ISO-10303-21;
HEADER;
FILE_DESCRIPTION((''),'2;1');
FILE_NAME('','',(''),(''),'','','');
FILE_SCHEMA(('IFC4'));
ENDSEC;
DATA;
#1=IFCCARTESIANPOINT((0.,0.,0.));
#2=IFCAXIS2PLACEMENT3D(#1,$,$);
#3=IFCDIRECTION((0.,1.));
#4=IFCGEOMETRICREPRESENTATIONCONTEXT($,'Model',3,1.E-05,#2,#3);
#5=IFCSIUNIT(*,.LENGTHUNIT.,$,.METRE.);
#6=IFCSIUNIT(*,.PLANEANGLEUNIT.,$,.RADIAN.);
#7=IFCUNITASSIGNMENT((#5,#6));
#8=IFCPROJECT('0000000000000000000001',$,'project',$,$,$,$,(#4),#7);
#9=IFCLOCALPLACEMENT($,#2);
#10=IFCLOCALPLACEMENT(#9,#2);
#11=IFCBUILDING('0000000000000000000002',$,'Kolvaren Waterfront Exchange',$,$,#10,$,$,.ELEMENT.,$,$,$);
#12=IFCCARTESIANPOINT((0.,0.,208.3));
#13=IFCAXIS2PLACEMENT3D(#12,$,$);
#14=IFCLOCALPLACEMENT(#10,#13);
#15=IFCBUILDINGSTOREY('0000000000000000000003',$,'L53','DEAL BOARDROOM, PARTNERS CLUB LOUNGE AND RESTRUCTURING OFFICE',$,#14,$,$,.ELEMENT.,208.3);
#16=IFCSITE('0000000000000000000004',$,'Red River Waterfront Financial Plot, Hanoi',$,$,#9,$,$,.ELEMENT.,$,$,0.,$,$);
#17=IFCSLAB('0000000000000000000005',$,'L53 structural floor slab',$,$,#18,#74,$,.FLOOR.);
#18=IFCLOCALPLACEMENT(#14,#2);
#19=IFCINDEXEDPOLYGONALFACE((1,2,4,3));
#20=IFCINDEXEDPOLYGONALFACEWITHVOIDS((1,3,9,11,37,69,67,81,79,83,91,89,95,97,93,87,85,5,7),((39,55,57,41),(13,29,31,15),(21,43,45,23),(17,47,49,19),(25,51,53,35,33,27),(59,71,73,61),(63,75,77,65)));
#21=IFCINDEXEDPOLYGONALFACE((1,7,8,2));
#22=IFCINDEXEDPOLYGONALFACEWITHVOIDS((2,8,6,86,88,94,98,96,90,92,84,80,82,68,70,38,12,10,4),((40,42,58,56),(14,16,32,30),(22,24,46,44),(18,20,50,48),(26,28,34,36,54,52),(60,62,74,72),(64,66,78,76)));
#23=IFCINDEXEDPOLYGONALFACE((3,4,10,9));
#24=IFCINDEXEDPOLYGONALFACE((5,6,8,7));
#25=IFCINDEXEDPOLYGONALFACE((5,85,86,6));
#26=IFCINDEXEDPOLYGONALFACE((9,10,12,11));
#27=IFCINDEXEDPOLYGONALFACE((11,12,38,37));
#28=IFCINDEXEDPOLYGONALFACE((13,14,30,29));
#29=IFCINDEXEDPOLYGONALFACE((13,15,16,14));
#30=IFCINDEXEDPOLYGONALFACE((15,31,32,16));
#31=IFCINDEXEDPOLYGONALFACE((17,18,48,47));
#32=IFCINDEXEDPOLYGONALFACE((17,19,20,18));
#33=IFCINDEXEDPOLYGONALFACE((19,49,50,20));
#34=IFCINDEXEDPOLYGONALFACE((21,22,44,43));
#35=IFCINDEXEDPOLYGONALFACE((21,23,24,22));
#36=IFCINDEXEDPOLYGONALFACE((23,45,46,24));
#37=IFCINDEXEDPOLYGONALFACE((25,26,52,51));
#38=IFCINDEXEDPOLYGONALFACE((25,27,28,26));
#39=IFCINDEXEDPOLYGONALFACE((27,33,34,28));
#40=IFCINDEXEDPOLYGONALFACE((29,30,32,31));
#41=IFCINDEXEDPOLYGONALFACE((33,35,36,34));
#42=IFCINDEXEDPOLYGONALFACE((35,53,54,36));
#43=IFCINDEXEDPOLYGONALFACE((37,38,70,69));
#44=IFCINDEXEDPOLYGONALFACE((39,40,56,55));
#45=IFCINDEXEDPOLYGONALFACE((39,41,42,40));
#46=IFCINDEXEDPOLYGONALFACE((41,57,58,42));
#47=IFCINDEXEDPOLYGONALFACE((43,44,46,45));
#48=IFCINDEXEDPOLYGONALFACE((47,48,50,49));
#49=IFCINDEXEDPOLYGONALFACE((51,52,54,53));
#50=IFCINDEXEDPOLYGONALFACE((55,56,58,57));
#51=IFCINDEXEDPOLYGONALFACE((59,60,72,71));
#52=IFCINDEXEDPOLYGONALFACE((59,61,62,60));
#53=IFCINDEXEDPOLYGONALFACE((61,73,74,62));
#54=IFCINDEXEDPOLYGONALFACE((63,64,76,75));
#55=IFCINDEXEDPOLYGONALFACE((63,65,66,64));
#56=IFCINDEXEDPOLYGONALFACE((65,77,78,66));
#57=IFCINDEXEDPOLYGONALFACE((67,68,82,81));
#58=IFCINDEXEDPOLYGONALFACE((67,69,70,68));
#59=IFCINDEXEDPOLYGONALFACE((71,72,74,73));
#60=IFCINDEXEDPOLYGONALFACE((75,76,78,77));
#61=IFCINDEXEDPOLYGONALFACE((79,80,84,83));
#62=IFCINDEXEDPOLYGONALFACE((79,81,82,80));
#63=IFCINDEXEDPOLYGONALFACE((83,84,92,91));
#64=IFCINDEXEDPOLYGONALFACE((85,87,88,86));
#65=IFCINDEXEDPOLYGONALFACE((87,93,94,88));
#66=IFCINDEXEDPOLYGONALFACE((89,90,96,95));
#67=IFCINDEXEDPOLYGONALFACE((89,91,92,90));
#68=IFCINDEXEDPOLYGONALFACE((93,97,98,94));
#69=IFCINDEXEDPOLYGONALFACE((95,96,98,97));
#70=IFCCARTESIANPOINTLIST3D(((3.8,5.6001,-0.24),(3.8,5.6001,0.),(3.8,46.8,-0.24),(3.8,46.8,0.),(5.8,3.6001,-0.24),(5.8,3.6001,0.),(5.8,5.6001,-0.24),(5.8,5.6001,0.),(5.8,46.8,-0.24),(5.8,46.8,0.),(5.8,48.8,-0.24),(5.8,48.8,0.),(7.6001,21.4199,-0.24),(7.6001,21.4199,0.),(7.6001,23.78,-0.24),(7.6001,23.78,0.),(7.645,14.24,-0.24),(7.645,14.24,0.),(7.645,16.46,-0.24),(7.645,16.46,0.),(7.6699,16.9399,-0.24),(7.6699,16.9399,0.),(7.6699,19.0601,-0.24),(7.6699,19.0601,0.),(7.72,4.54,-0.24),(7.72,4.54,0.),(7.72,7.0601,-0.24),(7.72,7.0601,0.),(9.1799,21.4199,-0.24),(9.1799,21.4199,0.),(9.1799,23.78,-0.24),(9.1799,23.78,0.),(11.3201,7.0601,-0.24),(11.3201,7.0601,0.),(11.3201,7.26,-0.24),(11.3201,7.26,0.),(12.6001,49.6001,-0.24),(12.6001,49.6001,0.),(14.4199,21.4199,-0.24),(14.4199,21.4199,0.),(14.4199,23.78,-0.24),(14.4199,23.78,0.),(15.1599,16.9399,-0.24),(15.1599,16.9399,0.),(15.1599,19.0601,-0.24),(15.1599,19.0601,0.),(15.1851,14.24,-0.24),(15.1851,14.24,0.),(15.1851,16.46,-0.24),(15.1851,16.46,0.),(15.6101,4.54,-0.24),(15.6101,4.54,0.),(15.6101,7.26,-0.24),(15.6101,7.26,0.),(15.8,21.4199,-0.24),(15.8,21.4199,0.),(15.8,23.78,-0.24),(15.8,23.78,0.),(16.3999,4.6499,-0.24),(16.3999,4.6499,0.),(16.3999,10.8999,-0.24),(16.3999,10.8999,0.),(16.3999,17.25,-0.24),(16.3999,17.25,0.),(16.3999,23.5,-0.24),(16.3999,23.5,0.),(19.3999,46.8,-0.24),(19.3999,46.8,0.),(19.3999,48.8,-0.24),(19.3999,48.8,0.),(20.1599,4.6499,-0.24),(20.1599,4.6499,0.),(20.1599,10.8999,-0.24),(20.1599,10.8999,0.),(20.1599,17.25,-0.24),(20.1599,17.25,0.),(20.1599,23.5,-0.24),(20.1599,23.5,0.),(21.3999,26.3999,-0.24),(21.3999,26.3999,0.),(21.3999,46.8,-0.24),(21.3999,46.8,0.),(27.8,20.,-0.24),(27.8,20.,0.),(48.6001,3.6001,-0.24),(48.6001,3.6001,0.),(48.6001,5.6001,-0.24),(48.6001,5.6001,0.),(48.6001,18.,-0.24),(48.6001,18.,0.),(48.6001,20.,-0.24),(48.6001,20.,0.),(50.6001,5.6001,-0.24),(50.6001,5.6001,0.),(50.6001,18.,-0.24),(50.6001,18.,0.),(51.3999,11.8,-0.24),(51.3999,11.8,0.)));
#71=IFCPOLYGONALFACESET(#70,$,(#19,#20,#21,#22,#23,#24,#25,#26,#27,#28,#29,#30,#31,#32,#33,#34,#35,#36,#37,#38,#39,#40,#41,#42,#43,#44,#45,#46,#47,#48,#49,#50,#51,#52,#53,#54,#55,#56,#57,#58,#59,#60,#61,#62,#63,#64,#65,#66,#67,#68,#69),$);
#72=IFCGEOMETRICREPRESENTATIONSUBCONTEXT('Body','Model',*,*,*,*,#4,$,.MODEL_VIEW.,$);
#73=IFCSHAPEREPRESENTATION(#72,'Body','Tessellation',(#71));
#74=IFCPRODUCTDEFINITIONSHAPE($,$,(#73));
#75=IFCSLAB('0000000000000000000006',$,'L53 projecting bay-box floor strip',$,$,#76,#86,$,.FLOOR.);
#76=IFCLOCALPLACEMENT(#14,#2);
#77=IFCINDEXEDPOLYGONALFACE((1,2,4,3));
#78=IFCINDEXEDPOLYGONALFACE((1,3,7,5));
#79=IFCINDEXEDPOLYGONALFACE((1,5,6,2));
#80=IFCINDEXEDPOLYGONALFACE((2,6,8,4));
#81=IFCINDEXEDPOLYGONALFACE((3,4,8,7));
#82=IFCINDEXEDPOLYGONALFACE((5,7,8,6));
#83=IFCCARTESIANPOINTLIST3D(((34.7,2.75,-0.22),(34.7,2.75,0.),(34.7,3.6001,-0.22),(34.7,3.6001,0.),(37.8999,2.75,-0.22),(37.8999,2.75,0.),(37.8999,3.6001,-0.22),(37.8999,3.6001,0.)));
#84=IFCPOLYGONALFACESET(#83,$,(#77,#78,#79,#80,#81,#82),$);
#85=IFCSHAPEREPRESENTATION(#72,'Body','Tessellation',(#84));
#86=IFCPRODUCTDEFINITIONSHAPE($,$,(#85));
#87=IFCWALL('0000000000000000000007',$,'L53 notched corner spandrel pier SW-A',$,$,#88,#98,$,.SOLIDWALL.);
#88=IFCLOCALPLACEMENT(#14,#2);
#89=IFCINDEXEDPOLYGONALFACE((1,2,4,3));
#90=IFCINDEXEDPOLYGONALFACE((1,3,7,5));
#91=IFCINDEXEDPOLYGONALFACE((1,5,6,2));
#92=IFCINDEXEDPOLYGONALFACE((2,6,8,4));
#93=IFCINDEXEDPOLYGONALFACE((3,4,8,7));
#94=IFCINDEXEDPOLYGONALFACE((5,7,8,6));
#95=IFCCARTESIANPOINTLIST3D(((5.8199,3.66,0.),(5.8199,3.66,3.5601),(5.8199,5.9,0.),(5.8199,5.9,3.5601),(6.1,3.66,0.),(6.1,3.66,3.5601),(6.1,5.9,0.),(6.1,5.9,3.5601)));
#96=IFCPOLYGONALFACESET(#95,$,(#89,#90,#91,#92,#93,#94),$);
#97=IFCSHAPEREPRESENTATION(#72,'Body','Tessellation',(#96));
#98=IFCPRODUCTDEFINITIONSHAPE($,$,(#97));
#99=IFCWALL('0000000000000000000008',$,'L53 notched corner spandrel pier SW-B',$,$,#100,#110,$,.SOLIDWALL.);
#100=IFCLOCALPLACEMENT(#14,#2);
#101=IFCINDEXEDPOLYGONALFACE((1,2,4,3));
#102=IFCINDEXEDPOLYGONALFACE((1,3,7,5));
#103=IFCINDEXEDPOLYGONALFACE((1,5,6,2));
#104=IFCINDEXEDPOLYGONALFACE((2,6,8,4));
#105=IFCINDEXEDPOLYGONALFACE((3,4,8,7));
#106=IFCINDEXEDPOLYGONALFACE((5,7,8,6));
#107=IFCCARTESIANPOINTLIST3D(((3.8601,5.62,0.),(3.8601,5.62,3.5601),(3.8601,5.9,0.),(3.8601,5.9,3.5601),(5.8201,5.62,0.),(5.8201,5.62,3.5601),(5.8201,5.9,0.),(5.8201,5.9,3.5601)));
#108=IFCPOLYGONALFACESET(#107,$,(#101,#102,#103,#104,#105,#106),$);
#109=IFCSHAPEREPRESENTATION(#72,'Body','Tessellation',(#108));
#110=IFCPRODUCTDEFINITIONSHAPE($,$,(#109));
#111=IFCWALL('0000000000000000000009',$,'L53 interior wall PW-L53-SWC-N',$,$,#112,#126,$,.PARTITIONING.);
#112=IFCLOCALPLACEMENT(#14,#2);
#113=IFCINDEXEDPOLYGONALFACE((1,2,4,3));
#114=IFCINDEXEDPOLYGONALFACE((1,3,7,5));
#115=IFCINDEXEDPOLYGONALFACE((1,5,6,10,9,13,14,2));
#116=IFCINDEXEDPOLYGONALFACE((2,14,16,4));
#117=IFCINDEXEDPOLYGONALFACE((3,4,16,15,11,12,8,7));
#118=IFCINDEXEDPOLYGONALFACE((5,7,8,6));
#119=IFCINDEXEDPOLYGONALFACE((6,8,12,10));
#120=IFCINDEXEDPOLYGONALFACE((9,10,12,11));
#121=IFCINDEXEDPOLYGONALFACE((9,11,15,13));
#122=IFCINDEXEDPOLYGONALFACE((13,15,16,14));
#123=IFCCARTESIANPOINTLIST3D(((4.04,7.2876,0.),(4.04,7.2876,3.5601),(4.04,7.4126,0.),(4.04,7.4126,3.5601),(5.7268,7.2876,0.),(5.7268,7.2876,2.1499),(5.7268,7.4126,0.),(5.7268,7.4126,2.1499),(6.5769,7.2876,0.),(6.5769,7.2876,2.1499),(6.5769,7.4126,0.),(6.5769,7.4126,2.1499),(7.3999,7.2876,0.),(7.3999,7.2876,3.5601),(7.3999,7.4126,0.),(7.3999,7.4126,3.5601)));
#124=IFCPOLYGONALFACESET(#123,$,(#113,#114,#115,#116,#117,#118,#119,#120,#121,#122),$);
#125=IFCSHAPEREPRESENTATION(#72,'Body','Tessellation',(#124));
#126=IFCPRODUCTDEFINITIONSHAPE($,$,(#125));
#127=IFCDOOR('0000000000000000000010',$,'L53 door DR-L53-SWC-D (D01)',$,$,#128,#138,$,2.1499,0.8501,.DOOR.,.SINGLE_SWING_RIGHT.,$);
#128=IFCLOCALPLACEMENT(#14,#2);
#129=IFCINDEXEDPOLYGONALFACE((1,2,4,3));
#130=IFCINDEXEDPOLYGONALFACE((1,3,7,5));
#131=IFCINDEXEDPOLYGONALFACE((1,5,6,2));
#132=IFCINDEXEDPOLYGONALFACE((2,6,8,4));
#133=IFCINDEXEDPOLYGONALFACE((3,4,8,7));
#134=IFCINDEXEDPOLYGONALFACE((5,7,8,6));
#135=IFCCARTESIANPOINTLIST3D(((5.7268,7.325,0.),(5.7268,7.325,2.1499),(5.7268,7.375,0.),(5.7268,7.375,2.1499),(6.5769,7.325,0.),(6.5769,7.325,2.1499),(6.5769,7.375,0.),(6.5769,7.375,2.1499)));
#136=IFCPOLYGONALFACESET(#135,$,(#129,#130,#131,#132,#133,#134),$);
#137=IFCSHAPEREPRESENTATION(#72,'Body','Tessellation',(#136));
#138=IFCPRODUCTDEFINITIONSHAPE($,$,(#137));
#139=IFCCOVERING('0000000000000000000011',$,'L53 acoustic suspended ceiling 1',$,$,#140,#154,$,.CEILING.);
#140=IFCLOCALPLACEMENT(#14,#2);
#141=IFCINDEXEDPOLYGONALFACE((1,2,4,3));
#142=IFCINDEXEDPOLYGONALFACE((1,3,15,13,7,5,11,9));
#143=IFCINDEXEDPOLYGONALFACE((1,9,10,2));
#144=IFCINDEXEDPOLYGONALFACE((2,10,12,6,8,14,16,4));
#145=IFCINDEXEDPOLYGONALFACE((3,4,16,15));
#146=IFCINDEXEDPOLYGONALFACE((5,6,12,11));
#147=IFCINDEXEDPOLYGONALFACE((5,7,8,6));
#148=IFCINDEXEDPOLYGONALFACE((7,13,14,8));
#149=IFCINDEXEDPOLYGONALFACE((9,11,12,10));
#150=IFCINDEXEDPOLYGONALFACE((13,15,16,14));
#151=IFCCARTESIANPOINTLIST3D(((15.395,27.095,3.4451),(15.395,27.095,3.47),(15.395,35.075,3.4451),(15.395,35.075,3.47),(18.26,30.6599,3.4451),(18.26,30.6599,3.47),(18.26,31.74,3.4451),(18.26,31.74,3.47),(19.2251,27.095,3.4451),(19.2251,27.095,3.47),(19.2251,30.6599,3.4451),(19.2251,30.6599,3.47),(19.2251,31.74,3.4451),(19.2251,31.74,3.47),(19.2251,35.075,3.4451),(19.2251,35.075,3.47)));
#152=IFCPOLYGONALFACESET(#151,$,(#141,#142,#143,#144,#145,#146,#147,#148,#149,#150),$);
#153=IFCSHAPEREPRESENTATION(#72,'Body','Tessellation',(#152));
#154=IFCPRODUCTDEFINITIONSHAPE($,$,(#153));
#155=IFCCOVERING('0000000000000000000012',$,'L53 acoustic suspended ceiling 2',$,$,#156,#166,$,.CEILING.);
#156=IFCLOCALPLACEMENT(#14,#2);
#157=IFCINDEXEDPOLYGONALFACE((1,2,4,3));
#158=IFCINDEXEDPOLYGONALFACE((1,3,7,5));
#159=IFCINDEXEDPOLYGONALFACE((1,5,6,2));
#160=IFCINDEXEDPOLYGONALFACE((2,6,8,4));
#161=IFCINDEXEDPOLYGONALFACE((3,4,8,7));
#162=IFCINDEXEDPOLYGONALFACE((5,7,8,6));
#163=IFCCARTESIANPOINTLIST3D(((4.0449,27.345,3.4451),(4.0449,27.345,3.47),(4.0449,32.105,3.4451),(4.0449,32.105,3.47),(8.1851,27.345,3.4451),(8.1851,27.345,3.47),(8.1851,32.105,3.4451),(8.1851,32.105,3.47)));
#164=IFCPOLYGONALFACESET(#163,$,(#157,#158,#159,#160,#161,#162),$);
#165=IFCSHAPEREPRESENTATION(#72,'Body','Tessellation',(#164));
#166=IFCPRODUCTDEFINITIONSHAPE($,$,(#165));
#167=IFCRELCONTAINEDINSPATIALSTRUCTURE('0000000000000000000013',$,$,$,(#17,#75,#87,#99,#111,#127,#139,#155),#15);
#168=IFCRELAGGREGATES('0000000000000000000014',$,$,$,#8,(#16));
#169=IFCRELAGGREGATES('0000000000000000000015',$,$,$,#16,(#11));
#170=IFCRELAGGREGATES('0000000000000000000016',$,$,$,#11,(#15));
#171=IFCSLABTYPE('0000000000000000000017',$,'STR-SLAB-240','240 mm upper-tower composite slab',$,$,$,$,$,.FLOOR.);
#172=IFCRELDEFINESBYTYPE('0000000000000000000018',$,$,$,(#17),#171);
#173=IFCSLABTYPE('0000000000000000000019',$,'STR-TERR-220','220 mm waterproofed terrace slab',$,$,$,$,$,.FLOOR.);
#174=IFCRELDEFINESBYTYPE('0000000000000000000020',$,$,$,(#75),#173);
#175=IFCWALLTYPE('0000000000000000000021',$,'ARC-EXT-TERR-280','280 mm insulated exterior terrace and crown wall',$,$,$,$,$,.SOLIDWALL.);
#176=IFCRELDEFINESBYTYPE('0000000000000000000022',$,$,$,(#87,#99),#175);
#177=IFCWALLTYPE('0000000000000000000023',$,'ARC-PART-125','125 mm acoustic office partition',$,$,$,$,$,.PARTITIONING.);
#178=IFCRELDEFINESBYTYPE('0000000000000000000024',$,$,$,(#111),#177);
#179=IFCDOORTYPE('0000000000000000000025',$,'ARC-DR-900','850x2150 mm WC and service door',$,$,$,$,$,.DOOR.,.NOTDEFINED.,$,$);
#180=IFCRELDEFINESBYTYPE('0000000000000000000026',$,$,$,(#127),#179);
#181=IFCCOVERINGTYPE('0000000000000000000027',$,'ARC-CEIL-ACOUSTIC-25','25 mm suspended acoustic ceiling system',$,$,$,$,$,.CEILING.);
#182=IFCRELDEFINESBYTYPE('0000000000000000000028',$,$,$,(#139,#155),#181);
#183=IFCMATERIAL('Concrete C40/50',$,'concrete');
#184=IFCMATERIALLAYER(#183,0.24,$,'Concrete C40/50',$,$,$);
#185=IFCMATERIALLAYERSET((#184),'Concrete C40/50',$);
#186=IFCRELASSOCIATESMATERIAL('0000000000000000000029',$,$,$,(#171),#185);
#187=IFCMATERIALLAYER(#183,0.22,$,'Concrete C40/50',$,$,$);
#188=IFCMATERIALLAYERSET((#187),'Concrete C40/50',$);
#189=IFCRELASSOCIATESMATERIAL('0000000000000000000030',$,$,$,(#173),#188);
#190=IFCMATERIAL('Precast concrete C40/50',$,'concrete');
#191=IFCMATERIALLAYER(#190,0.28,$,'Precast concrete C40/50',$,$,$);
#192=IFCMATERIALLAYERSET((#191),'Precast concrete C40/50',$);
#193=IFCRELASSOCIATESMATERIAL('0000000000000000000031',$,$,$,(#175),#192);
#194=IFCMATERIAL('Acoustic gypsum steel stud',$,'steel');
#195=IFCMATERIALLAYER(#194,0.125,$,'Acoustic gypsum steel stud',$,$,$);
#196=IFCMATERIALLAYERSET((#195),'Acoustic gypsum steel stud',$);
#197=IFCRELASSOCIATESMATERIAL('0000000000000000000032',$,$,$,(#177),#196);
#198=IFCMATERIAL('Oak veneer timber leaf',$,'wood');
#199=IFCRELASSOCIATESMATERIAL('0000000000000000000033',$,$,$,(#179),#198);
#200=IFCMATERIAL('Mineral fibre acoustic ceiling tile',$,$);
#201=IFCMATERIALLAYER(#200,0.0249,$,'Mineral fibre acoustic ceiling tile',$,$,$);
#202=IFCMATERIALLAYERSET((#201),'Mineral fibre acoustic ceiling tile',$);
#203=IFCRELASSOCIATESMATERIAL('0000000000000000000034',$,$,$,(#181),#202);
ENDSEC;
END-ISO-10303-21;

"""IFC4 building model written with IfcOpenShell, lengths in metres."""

from ifc_helpers import new_model, si_unit, direction, frame, frame_2d, origin, place, context, subcontext, project, spatial, polyline, rectangle, outline, extrude, material, layer, layer_set, type_object, element, fill, save


model = new_model("IFC4")

# Units and contexts
model_context = context("Model", 3, precision=1e-05, world=origin(), true_north=direction((0.0, 1.0)))
body_context = subcontext(model_context, "Body", "Model", "MODEL_VIEW")
ifc_project = project(units=[si_unit("LENGTHUNIT", "METRE"), si_unit("PLANEANGLEUNIT", "RADIAN")], contexts=[model_context])

# Site, building, storey
site_placement = place(None, origin())
site = spatial("IfcSite", under=ifc_project, at=site_placement, Name="Red River Waterfront Financial Plot, Hanoi", CompositionType="ELEMENT", RefElevation=0.0)
building_placement = place(site_placement, origin())
building = spatial("IfcBuilding", under=site, at=building_placement, Name="Kolvaren Waterfront Exchange", CompositionType="ELEMENT")
storey_placement = place(building_placement, frame((0.0, 0.0, 208.3)))
storey = spatial("IfcBuildingStorey", under=building, at=storey_placement, Name="L53", Description="DEAL BOARDROOM, PARTNERS CLUB LOUNGE AND RESTRUCTURING OFFICE", CompositionType="ELEMENT", Elevation=208.3)

# Shared definitions
ifc_material_1 = material(Name="Concrete C40/50", Category="concrete")

# Slabs
ifc_layer_1 = layer(ifc_material_1, 0.24, Name="Concrete C40/50")
ifc_layer_set_1 = layer_set([ifc_layer_1], Name="Concrete C40/50")
slab_type_1 = type_object("IfcSlabType", Name="STR-SLAB-240", Description="240 mm upper-tower composite slab", PredefinedType="FLOOR", material=ifc_layer_set_1)
slab_1_placement = place(storey_placement, frame((0.0, 0.0, -0.24)))
element("IfcSlab", 1, at=slab_1_placement, inside=storey, type_object=slab_type_1, Name="L53 structural floor slab", PredefinedType="FLOOR", context=body_context, shape_type="SweptSolid", body=[
    extrude(outline(polyline([(5.8, 3.6001), (48.6001, 3.6001), (48.6001, 5.6001), (50.6001, 5.6001), (51.3999, 11.8), (50.6001, 18.0), (48.6001, 18.0), (48.6001, 20.0), (27.8, 20.0), (21.3999, 26.3999), (21.3999, 46.8), (19.3999, 46.8), (19.3999, 48.8), (12.6001, 49.6001), (5.8, 48.8), (5.8, 46.8), (3.8, 46.8), (3.8, 5.6001), (5.8, 5.6001), (5.8, 3.6001)]), holes=[polyline([(11.3201, 7.26), (15.6101, 7.26), (15.6101, 4.54), (7.72, 4.54), (7.72, 7.0601), (11.3201, 7.0601), (11.3201, 7.26)]), polyline([(20.1599, 10.8999), (20.1599, 4.6499), (16.3999, 4.6499), (16.3999, 10.8999), (20.1599, 10.8999)]), polyline([(15.1851, 14.24), (7.645, 14.24), (7.645, 16.46), (15.1851, 16.46), (15.1851, 14.24)]), polyline([(15.1599, 16.9399), (7.6699, 16.9399), (7.6699, 19.0601), (15.1599, 19.0601), (15.1599, 16.9399)]), polyline([(16.3999, 17.25), (16.3999, 23.5), (20.1599, 23.5), (20.1599, 17.25), (16.3999, 17.25)]), polyline([(7.6001, 23.78), (9.1799, 23.78), (9.1799, 21.4199), (7.6001, 21.4199), (7.6001, 23.78)]), polyline([(14.4199, 23.78), (15.8, 23.78), (15.8, 21.4199), (14.4199, 21.4199), (14.4199, 23.78)])]), origin(), (0.0, 0.0, 1.0), 0.24),
])
ifc_layer_2 = layer(ifc_material_1, 0.22, Name="Concrete C40/50")
ifc_layer_set_2 = layer_set([ifc_layer_2], Name="Concrete C40/50")
slab_type_2 = type_object("IfcSlabType", Name="STR-TERR-220", Description="220 mm waterproofed terrace slab", PredefinedType="FLOOR", material=ifc_layer_set_2)
slab_2_placement = place(storey_placement, frame((0.0, 0.0, -0.22)))
element("IfcSlab", 2, at=slab_2_placement, inside=storey, type_object=slab_type_2, Name="L53 projecting bay-box floor strip", PredefinedType="FLOOR", context=body_context, shape_type="SweptSolid", body=[
    extrude(outline(polyline([(34.7, 2.75), (37.8999, 2.75), (37.8999, 3.6001), (34.7, 3.6001), (34.7, 2.75)])), origin(), (0.0, 0.0, 1.0), 0.22),
])

# Walls
ifc_material_2 = material(Name="Precast concrete C40/50", Category="concrete")
ifc_layer_3 = layer(ifc_material_2, 0.28, Name="Precast concrete C40/50")
ifc_layer_set_3 = layer_set([ifc_layer_3], Name="Precast concrete C40/50")
wall_type_1 = type_object("IfcWallType", Name="ARC-EXT-TERR-280", Description="280 mm insulated exterior terrace and crown wall", PredefinedType="SOLIDWALL", material=ifc_layer_set_3)
wall_1_placement = place(storey_placement, frame((5.96, 3.6599, 0.0), z_axis=(0.0, 0.0, 1.0), x_axis=(0.0, 1.0, 0.0)))
element("IfcWall", 3, at=wall_1_placement, inside=storey, type_object=wall_type_1, Name="L53 notched corner spandrel pier SW-A", PredefinedType="SOLIDWALL", context=body_context, shape_type="SweptSolid", body=[
    extrude(rectangle(XDim=2.24, YDim=0.28, at=frame_2d((1.1201, 0.0))), origin(), (0.0, 0.0, 1.0), 3.5601),
])
wall_2_placement = place(storey_placement, frame((3.8601, 5.76, 0.0), z_axis=(0.0, 0.0, 1.0), x_axis=(1.0, 0.0, 0.0)))
element("IfcWall", 4, at=wall_2_placement, inside=storey, type_object=wall_type_1, Name="L53 notched corner spandrel pier SW-B", PredefinedType="SOLIDWALL", context=body_context, shape_type="SweptSolid", body=[
    extrude(rectangle(XDim=1.96, YDim=0.28, at=frame_2d((0.98, 0.0))), origin(), (0.0, 0.0, 1.0), 3.5601),
])

# Wall, opening, door
ifc_material_3 = material(Name="Acoustic gypsum steel stud", Category="steel")
ifc_layer_4 = layer(ifc_material_3, 0.125, Name="Acoustic gypsum steel stud")
ifc_layer_set_4 = layer_set([ifc_layer_4], Name="Acoustic gypsum steel stud")
wall_type_2 = type_object("IfcWallType", Name="ARC-PART-125", Description="125 mm acoustic office partition", PredefinedType="PARTITIONING", material=ifc_layer_set_4)
wall_3_placement = place(storey_placement, frame((4.04, 7.3501, 0.0), z_axis=(0.0, 0.0, 1.0), x_axis=(1.0, 0.0, 0.0)))
wall_3 = element("IfcWall", 5, at=wall_3_placement, inside=storey, type_object=wall_type_2, Name="L53 interior wall PW-L53-SWC-N", PredefinedType="PARTITIONING", context=body_context, shape_type="SweptSolid", body=[
    extrude(rectangle(XDim=3.3599, YDim=0.125, at=frame_2d((1.6799, 0.0))), origin(), (0.0, 0.0, 1.0), 3.5601),
])
opening_placement = place(wall_3_placement, frame((1.6868, 0.0, 0.0)))
opening = element("IfcOpeningElement", 6, at=opening_placement, cuts=wall_3, PredefinedType="OPENING", context=body_context, shape_type="SweptSolid", body=[
    extrude(rectangle(XDim=0.8501, YDim=2.1499, at=frame_2d((0.425, 1.075))), frame((0.0, 0.0725, 0.0), z_axis=(0.0, -1.0, 0.0), x_axis=(1.0, 0.0, 0.0)), (0.0, 0.0, 1.0), 0.145),
])
ifc_material_4 = material(Name="Oak veneer timber leaf", Category="wood")
door_type = type_object("IfcDoorType", Name="ARC-DR-900", Description="850x2150 mm WC and service door", OperationType="NOTDEFINED", PredefinedType="DOOR", material=ifc_material_4)
door_placement = place(opening_placement, origin())
door = element("IfcDoor", 7, at=door_placement, inside=storey, type_object=door_type, Name="L53 door DR-L53-SWC-D (D01)", OperationType="SINGLE_SWING_RIGHT", OverallHeight=2.1499, OverallWidth=0.8501, PredefinedType="DOOR", context=body_context, shape_type="SweptSolid", body=[
    extrude(rectangle(XDim=0.8501, YDim=2.1499, at=frame_2d((0.425, 1.075))), frame((0.0, 0.0249, 0.0), z_axis=(0.0, -1.0, 0.0), x_axis=(1.0, 0.0, 0.0)), (0.0, 0.0, 1.0), 0.05),
])
fill(opening, door)

# Coverings
ifc_material_5 = material(Name="Mineral fibre acoustic ceiling tile")
ifc_layer_5 = layer(ifc_material_5, 0.0249, Name="Mineral fibre acoustic ceiling tile")
ifc_layer_set_5 = layer_set([ifc_layer_5], Name="Mineral fibre acoustic ceiling tile")
covering_type_1 = type_object("IfcCoveringType", Name="ARC-CEIL-ACOUSTIC-25", Description="25 mm suspended acoustic ceiling system", PredefinedType="CEILING", material=ifc_layer_set_5)
covering_1_placement = place(storey_placement, frame((0.0, 0.0, 3.4451)))
element("IfcCovering", 8, at=covering_1_placement, inside=storey, type_object=covering_type_1, Name="L53 acoustic suspended ceiling 1", PredefinedType="CEILING", context=body_context, shape_type="SweptSolid", body=[
    extrude(outline(polyline([(19.2251, 30.6599), (18.26, 30.6599), (18.26, 31.74), (19.2251, 31.74), (19.2251, 35.075), (15.395, 35.075), (15.395, 27.095), (19.2251, 27.095), (19.2251, 30.6599)])), origin(), (0.0, 0.0, 1.0), 0.0249),
])
covering_2_placement = place(storey_placement, frame((0.0, 0.0, 3.4451)))
element("IfcCovering", 9, at=covering_2_placement, inside=storey, type_object=covering_type_1, Name="L53 acoustic suspended ceiling 2", PredefinedType="CEILING", context=body_context, shape_type="SweptSolid", body=[
    extrude(outline(polyline([(8.1851, 27.345), (8.1851, 32.105), (4.0449, 32.105), (4.0449, 27.345), (8.1851, 27.345)])), origin(), (0.0, 0.0, 1.0), 0.0249),
])

save(model, "model.ifc")
